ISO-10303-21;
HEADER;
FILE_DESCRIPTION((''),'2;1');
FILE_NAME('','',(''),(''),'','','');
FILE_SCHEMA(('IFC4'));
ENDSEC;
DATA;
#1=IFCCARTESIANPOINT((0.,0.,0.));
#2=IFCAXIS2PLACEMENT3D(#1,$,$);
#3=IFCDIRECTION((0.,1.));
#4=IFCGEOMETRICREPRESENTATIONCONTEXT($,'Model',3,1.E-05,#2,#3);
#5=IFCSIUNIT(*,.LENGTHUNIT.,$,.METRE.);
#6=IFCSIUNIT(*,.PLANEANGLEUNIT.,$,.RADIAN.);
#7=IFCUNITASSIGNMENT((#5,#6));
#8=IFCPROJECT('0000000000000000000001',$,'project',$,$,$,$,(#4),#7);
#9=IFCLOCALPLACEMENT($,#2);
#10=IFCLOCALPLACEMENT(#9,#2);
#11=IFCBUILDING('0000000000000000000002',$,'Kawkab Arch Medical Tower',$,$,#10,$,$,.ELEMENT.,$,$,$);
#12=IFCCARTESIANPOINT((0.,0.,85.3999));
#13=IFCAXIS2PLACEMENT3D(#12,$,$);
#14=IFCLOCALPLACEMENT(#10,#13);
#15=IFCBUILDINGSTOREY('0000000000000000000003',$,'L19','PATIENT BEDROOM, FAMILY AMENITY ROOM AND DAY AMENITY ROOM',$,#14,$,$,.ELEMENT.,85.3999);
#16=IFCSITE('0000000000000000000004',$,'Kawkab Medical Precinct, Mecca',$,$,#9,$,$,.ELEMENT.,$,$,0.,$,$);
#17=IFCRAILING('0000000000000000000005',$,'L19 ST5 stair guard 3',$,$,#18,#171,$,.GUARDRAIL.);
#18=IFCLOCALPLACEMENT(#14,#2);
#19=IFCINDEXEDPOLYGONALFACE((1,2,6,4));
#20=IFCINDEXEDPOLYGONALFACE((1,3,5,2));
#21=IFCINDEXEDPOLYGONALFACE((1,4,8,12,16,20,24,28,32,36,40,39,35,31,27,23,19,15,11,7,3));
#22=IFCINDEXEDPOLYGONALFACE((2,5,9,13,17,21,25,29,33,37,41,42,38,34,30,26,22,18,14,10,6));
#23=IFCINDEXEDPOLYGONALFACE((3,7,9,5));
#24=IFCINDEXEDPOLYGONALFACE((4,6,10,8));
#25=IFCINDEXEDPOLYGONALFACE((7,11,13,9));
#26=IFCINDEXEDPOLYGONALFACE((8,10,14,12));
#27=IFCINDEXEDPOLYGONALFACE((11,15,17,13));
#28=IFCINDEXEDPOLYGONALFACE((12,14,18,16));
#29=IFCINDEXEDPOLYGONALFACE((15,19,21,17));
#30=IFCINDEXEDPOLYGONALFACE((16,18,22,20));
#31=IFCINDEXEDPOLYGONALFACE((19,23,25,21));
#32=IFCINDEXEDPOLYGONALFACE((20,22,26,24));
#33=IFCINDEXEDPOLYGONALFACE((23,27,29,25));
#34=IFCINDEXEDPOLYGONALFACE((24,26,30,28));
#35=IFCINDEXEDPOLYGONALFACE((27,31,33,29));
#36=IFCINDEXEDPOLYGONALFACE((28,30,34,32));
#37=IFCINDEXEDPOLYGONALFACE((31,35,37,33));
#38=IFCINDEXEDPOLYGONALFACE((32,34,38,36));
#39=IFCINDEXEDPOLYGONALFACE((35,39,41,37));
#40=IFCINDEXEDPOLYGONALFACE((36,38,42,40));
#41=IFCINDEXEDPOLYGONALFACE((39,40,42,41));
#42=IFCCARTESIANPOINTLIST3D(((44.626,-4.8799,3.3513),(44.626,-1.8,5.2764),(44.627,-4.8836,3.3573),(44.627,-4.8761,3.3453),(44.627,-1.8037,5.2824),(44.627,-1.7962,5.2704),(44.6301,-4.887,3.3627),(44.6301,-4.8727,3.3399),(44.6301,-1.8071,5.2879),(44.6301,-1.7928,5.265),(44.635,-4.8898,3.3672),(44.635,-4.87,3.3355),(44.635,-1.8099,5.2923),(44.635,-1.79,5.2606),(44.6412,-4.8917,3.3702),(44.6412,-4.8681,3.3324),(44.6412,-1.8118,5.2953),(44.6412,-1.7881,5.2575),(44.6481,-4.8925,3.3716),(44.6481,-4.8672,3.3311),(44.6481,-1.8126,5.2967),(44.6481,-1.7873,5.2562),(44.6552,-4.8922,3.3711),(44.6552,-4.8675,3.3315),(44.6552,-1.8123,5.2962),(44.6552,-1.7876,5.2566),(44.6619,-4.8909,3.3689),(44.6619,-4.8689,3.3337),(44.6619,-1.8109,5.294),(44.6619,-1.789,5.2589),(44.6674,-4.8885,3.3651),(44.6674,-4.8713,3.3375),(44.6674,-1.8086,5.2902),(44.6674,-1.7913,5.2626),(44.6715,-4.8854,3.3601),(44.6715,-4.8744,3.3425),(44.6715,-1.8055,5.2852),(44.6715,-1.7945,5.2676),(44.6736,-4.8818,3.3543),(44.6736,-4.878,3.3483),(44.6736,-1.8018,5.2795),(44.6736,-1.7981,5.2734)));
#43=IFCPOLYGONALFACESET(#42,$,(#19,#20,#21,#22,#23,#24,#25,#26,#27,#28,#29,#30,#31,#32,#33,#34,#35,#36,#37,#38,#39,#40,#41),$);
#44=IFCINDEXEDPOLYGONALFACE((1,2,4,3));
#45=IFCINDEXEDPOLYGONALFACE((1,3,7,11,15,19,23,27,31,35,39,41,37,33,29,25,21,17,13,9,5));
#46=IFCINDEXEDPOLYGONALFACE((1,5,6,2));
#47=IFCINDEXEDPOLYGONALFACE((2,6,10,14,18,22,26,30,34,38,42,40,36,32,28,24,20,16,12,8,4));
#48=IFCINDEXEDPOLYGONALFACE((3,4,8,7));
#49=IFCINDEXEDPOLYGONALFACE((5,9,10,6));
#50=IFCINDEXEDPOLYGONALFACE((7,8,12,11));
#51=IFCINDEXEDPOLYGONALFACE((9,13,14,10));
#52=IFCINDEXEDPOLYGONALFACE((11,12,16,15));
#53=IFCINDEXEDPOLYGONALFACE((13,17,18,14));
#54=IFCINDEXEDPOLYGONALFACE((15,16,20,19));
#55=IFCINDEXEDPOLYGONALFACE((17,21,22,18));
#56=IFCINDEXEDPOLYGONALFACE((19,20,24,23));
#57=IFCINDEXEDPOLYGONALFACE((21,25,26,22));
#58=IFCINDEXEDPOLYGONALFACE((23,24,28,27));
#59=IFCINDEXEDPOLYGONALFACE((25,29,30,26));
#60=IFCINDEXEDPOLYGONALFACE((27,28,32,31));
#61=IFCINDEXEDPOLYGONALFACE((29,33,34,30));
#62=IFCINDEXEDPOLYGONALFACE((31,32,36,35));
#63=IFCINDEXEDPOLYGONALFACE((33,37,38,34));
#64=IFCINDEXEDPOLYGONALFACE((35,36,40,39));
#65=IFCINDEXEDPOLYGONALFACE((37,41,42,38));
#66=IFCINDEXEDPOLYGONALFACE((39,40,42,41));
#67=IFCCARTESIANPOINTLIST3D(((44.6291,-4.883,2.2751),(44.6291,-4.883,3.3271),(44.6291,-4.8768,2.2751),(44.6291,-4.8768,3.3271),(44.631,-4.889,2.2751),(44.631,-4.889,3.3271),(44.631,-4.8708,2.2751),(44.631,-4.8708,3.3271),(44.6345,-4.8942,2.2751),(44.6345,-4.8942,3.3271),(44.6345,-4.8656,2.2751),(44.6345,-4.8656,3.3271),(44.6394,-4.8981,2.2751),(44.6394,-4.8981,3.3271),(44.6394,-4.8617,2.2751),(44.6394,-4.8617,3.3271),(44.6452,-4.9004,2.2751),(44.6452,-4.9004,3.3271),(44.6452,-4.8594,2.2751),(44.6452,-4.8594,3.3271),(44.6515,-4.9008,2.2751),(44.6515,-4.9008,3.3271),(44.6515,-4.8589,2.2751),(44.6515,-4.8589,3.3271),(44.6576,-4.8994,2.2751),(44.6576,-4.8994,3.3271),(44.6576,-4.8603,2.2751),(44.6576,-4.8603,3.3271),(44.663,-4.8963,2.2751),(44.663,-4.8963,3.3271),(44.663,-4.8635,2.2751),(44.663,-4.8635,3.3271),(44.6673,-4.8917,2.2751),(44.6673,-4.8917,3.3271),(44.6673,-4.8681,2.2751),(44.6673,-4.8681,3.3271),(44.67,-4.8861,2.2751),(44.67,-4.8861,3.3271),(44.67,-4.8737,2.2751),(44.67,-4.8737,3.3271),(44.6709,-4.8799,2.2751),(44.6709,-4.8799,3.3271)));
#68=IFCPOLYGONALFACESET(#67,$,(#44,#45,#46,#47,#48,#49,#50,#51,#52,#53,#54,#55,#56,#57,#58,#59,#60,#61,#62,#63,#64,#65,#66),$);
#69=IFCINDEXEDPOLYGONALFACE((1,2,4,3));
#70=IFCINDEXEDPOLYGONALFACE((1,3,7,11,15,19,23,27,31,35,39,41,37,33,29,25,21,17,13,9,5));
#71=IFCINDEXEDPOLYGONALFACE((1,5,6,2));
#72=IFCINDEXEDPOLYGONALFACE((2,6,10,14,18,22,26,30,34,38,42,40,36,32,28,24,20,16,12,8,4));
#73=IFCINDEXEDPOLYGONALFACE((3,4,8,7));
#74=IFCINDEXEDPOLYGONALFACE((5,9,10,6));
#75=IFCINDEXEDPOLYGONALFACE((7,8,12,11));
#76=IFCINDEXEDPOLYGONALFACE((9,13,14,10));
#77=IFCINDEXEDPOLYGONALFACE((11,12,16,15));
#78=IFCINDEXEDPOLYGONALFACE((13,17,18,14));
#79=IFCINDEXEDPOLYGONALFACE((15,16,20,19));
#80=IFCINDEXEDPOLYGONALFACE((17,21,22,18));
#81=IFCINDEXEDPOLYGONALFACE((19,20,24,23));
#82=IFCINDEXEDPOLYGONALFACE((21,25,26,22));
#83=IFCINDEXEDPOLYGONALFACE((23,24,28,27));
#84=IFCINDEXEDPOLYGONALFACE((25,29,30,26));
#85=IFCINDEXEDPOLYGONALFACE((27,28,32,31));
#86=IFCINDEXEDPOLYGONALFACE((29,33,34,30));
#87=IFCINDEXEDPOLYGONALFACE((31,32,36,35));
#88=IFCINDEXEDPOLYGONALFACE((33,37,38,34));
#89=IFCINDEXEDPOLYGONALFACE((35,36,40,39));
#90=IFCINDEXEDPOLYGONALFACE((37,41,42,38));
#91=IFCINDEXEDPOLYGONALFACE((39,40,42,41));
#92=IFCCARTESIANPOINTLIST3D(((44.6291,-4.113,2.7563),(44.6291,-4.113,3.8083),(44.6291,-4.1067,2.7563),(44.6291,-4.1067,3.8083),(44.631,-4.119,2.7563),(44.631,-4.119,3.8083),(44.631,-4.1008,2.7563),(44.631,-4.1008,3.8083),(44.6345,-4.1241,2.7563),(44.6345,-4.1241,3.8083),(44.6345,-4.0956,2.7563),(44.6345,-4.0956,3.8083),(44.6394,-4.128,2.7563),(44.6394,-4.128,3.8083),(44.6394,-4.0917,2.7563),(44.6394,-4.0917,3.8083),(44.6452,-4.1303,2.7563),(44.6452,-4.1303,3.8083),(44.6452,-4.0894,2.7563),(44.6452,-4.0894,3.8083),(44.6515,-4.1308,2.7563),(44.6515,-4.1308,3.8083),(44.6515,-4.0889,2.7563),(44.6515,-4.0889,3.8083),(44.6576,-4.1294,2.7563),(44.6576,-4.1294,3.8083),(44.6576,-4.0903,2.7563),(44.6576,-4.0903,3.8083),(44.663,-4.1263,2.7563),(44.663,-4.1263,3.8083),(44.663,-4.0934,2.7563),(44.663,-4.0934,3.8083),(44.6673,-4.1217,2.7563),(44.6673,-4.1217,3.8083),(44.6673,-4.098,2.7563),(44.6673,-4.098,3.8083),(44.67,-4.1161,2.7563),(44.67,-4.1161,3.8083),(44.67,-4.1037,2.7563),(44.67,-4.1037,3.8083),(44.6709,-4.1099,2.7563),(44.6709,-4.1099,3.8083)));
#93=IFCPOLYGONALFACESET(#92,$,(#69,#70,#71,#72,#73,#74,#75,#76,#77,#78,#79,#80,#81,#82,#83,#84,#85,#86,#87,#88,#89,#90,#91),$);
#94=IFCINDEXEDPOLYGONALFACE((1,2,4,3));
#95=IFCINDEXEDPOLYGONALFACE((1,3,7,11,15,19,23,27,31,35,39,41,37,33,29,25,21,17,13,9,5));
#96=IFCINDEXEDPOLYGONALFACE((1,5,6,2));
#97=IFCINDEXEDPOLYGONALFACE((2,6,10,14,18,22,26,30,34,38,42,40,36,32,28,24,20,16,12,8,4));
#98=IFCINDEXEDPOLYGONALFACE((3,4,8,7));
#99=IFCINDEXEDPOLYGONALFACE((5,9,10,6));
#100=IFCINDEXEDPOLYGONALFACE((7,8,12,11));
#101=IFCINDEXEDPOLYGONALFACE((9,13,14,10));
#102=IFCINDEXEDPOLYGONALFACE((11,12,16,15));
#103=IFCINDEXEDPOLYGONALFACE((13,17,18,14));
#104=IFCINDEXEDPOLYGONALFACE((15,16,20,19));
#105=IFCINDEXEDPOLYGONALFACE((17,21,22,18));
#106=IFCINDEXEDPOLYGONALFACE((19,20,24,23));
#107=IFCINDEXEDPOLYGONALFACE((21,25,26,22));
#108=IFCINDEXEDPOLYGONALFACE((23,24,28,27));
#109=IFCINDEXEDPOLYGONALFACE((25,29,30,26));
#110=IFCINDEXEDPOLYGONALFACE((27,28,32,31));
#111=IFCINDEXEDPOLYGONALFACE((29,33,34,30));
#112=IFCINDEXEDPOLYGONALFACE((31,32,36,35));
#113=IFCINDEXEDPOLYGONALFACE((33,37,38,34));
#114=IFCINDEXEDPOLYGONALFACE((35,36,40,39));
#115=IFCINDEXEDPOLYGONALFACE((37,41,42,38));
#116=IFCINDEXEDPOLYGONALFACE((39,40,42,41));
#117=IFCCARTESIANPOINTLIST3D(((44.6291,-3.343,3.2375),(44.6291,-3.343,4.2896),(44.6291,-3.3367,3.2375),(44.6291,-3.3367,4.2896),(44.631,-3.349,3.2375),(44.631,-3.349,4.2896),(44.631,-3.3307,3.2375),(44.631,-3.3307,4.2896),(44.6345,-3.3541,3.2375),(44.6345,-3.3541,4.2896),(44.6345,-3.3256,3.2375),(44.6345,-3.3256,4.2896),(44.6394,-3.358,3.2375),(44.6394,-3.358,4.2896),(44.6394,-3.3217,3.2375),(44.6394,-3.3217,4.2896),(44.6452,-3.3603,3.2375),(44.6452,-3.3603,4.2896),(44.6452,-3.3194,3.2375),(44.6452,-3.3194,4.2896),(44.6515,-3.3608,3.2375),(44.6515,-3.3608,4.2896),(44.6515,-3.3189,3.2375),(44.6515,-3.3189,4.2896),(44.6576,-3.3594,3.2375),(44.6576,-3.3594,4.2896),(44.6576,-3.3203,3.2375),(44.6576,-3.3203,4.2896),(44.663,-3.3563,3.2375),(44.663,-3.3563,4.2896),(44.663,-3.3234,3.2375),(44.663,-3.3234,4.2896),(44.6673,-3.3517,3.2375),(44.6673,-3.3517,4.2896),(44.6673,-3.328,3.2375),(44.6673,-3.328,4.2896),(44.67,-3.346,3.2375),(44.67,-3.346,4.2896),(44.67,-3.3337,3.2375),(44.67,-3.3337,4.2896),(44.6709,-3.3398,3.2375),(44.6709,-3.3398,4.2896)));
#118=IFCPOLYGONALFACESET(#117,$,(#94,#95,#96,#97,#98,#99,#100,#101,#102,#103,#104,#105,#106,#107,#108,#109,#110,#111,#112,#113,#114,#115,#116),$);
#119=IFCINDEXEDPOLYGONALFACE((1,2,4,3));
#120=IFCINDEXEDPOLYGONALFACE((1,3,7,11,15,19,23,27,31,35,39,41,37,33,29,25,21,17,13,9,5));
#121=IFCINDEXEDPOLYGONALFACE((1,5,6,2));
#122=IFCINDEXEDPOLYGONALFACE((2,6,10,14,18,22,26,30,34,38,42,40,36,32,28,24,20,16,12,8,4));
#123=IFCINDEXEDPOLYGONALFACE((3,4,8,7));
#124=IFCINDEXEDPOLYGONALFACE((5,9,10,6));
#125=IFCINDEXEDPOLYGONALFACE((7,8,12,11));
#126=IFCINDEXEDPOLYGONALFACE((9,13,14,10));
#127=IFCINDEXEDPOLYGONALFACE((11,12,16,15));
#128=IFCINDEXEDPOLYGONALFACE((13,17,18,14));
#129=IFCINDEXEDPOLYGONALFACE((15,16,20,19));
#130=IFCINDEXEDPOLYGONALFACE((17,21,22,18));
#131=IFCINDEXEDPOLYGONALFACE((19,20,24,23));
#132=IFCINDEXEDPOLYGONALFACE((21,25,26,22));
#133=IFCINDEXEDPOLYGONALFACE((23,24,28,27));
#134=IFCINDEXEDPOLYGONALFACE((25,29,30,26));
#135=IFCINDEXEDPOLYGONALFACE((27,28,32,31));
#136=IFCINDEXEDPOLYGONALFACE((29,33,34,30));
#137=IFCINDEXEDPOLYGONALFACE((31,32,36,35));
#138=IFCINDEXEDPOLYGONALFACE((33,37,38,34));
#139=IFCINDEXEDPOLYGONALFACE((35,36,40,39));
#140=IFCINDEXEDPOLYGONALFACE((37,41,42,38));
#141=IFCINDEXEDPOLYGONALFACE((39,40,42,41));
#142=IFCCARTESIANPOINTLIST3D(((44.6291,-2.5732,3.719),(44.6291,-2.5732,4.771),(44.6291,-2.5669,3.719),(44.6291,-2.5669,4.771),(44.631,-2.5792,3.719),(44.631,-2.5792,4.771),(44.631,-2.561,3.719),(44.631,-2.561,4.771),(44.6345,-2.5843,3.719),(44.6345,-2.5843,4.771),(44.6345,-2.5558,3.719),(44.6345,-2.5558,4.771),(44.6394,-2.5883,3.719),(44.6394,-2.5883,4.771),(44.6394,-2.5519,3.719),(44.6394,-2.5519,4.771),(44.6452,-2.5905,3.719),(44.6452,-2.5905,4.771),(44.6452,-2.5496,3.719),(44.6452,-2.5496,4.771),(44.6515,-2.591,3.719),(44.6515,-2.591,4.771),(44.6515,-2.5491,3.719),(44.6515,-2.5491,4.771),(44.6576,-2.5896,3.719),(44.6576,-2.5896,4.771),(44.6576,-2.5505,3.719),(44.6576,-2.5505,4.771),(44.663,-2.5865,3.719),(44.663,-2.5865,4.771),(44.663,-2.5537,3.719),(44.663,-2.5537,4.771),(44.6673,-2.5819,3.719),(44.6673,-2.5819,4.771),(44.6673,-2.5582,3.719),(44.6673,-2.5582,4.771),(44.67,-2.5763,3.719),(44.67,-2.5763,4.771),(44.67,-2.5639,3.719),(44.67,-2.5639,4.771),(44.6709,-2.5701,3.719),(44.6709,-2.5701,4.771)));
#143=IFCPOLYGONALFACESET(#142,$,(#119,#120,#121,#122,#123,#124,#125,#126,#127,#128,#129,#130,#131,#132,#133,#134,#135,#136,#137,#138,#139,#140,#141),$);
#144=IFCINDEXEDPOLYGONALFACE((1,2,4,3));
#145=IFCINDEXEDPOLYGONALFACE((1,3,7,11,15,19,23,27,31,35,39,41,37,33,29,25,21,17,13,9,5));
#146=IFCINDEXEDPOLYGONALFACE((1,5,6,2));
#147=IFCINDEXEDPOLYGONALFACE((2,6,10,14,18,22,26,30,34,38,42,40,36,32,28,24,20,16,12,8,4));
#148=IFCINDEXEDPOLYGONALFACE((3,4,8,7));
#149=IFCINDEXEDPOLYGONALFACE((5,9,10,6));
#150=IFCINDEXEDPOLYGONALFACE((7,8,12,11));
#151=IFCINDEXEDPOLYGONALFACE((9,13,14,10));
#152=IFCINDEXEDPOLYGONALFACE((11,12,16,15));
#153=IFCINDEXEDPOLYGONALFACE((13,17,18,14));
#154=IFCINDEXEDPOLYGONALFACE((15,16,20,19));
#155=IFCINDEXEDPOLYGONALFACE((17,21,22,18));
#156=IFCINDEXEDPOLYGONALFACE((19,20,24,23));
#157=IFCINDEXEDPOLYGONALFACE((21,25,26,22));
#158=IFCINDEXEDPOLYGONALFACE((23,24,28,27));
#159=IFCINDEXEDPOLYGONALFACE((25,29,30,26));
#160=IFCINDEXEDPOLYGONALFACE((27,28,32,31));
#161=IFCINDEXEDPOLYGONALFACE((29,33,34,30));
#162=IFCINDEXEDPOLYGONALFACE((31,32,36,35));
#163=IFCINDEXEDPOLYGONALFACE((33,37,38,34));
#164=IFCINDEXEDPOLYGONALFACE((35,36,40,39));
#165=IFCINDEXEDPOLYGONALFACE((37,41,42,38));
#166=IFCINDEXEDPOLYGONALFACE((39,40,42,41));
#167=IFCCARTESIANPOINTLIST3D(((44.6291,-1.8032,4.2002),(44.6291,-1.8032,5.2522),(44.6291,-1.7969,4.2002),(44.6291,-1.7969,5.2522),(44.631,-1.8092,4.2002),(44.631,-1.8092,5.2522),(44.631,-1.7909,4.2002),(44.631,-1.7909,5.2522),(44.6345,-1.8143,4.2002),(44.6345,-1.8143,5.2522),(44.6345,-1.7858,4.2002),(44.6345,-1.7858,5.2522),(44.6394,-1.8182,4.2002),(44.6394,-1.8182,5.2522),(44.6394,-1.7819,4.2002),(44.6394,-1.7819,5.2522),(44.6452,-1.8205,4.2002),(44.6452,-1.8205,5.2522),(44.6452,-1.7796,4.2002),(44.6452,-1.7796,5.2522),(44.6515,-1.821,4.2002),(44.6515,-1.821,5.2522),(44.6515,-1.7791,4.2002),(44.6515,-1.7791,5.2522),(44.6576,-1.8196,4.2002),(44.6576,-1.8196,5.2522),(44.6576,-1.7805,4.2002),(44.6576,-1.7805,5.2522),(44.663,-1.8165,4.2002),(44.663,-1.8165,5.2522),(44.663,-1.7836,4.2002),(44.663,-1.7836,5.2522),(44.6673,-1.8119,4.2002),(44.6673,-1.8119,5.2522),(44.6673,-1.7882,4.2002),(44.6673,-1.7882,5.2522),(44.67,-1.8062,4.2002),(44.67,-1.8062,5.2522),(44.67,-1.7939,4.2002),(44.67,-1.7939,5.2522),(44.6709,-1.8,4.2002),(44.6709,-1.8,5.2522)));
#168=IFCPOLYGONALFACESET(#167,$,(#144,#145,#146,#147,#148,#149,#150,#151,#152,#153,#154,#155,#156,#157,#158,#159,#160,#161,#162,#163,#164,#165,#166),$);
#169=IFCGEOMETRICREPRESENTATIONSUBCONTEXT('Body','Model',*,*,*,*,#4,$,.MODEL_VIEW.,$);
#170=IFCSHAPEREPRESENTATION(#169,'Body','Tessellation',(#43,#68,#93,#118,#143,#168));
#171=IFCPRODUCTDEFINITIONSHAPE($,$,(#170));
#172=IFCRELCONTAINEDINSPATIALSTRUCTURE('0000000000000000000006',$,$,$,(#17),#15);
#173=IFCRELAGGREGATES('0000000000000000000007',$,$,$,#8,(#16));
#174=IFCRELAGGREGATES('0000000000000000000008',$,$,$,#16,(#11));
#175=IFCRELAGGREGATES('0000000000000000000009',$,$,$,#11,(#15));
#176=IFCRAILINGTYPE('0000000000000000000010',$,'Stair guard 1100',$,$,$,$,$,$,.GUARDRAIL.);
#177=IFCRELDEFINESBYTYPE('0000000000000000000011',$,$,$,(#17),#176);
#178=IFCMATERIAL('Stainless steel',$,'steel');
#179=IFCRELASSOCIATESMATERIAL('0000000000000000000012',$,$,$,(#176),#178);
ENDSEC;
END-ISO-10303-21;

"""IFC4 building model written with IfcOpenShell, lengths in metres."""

from ifc_helpers import new_model, si_unit, direction, frame, origin, origin_2d, place, context, subcontext, project, spatial, circle, extrude, material, type_object, element, save


model = new_model("IFC4")

# Units and contexts
model_context = context("Model", 3, precision=1e-05, world=origin(), true_north=direction((0.0, 1.0)))
body_context = subcontext(model_context, "Body", "Model", "MODEL_VIEW")
ifc_project = project(units=[si_unit("LENGTHUNIT", "METRE"), si_unit("PLANEANGLEUNIT", "RADIAN")], contexts=[model_context])

# Site, building, storey
site_placement = place(None, origin())
site = spatial("IfcSite", under=ifc_project, at=site_placement, Name="Kawkab Medical Precinct, Mecca", CompositionType="ELEMENT", RefElevation=0.0)
building_placement = place(site_placement, origin())
building = spatial("IfcBuilding", under=site, at=building_placement, Name="Kawkab Arch Medical Tower", CompositionType="ELEMENT")
storey_placement = place(building_placement, frame((0.0, 0.0, 85.3999)))
storey = spatial("IfcBuildingStorey", under=building, at=storey_placement, Name="L19", Description="PATIENT BEDROOM, FAMILY AMENITY ROOM AND DAY AMENITY ROOM", CompositionType="ELEMENT", Elevation=85.3999)

# Railing
ifc_material_1 = material(Name="Stainless steel", Category="steel")
railing_type = type_object("IfcRailingType", Name="Stair guard 1100", PredefinedType="GUARDRAIL", material=ifc_material_1)
railing_1_placement = place(storey_placement, frame((44.6499, -4.8799, 2.2751)))
element("IfcRailing", 1, at=railing_1_placement, inside=storey, type_object=railing_type, Name="L19 ST5 stair guard 3", PredefinedType="GUARDRAIL", context=body_context, shape_type="SweptSolid", body=[
    extrude(circle(Radius=0.0239, at=origin_2d()), frame((0.0, 0.0, 1.0762), z_axis=(0.0, 0.847979, 0.530029), x_axis=(-1.0, 0.0, 0.0)), (0.0, 0.0, 1.0), 3.6321),
    extrude(circle(Radius=0.021, at=origin_2d()), origin(), (0.0, 0.0, 1.0), 1.052),
    extrude(circle(Radius=0.021, at=origin_2d()), frame((0.0, 0.77, 0.4812)), (0.0, 0.0, 1.0), 1.052),
    extrude(circle(Radius=0.021, at=origin_2d()), frame((0.0, 1.54, 0.9624)), (0.0, 0.0, 1.0), 1.052),
    extrude(circle(Radius=0.021, at=origin_2d()), frame((0.0, 2.3098, 1.4438)), (0.0, 0.0, 1.0), 1.052),
    extrude(circle(Radius=0.021, at=origin_2d()), frame((0.0, 3.0798, 1.925)), (0.0, 0.0, 1.0), 1.052),
])

save(model, "model.ifc")
